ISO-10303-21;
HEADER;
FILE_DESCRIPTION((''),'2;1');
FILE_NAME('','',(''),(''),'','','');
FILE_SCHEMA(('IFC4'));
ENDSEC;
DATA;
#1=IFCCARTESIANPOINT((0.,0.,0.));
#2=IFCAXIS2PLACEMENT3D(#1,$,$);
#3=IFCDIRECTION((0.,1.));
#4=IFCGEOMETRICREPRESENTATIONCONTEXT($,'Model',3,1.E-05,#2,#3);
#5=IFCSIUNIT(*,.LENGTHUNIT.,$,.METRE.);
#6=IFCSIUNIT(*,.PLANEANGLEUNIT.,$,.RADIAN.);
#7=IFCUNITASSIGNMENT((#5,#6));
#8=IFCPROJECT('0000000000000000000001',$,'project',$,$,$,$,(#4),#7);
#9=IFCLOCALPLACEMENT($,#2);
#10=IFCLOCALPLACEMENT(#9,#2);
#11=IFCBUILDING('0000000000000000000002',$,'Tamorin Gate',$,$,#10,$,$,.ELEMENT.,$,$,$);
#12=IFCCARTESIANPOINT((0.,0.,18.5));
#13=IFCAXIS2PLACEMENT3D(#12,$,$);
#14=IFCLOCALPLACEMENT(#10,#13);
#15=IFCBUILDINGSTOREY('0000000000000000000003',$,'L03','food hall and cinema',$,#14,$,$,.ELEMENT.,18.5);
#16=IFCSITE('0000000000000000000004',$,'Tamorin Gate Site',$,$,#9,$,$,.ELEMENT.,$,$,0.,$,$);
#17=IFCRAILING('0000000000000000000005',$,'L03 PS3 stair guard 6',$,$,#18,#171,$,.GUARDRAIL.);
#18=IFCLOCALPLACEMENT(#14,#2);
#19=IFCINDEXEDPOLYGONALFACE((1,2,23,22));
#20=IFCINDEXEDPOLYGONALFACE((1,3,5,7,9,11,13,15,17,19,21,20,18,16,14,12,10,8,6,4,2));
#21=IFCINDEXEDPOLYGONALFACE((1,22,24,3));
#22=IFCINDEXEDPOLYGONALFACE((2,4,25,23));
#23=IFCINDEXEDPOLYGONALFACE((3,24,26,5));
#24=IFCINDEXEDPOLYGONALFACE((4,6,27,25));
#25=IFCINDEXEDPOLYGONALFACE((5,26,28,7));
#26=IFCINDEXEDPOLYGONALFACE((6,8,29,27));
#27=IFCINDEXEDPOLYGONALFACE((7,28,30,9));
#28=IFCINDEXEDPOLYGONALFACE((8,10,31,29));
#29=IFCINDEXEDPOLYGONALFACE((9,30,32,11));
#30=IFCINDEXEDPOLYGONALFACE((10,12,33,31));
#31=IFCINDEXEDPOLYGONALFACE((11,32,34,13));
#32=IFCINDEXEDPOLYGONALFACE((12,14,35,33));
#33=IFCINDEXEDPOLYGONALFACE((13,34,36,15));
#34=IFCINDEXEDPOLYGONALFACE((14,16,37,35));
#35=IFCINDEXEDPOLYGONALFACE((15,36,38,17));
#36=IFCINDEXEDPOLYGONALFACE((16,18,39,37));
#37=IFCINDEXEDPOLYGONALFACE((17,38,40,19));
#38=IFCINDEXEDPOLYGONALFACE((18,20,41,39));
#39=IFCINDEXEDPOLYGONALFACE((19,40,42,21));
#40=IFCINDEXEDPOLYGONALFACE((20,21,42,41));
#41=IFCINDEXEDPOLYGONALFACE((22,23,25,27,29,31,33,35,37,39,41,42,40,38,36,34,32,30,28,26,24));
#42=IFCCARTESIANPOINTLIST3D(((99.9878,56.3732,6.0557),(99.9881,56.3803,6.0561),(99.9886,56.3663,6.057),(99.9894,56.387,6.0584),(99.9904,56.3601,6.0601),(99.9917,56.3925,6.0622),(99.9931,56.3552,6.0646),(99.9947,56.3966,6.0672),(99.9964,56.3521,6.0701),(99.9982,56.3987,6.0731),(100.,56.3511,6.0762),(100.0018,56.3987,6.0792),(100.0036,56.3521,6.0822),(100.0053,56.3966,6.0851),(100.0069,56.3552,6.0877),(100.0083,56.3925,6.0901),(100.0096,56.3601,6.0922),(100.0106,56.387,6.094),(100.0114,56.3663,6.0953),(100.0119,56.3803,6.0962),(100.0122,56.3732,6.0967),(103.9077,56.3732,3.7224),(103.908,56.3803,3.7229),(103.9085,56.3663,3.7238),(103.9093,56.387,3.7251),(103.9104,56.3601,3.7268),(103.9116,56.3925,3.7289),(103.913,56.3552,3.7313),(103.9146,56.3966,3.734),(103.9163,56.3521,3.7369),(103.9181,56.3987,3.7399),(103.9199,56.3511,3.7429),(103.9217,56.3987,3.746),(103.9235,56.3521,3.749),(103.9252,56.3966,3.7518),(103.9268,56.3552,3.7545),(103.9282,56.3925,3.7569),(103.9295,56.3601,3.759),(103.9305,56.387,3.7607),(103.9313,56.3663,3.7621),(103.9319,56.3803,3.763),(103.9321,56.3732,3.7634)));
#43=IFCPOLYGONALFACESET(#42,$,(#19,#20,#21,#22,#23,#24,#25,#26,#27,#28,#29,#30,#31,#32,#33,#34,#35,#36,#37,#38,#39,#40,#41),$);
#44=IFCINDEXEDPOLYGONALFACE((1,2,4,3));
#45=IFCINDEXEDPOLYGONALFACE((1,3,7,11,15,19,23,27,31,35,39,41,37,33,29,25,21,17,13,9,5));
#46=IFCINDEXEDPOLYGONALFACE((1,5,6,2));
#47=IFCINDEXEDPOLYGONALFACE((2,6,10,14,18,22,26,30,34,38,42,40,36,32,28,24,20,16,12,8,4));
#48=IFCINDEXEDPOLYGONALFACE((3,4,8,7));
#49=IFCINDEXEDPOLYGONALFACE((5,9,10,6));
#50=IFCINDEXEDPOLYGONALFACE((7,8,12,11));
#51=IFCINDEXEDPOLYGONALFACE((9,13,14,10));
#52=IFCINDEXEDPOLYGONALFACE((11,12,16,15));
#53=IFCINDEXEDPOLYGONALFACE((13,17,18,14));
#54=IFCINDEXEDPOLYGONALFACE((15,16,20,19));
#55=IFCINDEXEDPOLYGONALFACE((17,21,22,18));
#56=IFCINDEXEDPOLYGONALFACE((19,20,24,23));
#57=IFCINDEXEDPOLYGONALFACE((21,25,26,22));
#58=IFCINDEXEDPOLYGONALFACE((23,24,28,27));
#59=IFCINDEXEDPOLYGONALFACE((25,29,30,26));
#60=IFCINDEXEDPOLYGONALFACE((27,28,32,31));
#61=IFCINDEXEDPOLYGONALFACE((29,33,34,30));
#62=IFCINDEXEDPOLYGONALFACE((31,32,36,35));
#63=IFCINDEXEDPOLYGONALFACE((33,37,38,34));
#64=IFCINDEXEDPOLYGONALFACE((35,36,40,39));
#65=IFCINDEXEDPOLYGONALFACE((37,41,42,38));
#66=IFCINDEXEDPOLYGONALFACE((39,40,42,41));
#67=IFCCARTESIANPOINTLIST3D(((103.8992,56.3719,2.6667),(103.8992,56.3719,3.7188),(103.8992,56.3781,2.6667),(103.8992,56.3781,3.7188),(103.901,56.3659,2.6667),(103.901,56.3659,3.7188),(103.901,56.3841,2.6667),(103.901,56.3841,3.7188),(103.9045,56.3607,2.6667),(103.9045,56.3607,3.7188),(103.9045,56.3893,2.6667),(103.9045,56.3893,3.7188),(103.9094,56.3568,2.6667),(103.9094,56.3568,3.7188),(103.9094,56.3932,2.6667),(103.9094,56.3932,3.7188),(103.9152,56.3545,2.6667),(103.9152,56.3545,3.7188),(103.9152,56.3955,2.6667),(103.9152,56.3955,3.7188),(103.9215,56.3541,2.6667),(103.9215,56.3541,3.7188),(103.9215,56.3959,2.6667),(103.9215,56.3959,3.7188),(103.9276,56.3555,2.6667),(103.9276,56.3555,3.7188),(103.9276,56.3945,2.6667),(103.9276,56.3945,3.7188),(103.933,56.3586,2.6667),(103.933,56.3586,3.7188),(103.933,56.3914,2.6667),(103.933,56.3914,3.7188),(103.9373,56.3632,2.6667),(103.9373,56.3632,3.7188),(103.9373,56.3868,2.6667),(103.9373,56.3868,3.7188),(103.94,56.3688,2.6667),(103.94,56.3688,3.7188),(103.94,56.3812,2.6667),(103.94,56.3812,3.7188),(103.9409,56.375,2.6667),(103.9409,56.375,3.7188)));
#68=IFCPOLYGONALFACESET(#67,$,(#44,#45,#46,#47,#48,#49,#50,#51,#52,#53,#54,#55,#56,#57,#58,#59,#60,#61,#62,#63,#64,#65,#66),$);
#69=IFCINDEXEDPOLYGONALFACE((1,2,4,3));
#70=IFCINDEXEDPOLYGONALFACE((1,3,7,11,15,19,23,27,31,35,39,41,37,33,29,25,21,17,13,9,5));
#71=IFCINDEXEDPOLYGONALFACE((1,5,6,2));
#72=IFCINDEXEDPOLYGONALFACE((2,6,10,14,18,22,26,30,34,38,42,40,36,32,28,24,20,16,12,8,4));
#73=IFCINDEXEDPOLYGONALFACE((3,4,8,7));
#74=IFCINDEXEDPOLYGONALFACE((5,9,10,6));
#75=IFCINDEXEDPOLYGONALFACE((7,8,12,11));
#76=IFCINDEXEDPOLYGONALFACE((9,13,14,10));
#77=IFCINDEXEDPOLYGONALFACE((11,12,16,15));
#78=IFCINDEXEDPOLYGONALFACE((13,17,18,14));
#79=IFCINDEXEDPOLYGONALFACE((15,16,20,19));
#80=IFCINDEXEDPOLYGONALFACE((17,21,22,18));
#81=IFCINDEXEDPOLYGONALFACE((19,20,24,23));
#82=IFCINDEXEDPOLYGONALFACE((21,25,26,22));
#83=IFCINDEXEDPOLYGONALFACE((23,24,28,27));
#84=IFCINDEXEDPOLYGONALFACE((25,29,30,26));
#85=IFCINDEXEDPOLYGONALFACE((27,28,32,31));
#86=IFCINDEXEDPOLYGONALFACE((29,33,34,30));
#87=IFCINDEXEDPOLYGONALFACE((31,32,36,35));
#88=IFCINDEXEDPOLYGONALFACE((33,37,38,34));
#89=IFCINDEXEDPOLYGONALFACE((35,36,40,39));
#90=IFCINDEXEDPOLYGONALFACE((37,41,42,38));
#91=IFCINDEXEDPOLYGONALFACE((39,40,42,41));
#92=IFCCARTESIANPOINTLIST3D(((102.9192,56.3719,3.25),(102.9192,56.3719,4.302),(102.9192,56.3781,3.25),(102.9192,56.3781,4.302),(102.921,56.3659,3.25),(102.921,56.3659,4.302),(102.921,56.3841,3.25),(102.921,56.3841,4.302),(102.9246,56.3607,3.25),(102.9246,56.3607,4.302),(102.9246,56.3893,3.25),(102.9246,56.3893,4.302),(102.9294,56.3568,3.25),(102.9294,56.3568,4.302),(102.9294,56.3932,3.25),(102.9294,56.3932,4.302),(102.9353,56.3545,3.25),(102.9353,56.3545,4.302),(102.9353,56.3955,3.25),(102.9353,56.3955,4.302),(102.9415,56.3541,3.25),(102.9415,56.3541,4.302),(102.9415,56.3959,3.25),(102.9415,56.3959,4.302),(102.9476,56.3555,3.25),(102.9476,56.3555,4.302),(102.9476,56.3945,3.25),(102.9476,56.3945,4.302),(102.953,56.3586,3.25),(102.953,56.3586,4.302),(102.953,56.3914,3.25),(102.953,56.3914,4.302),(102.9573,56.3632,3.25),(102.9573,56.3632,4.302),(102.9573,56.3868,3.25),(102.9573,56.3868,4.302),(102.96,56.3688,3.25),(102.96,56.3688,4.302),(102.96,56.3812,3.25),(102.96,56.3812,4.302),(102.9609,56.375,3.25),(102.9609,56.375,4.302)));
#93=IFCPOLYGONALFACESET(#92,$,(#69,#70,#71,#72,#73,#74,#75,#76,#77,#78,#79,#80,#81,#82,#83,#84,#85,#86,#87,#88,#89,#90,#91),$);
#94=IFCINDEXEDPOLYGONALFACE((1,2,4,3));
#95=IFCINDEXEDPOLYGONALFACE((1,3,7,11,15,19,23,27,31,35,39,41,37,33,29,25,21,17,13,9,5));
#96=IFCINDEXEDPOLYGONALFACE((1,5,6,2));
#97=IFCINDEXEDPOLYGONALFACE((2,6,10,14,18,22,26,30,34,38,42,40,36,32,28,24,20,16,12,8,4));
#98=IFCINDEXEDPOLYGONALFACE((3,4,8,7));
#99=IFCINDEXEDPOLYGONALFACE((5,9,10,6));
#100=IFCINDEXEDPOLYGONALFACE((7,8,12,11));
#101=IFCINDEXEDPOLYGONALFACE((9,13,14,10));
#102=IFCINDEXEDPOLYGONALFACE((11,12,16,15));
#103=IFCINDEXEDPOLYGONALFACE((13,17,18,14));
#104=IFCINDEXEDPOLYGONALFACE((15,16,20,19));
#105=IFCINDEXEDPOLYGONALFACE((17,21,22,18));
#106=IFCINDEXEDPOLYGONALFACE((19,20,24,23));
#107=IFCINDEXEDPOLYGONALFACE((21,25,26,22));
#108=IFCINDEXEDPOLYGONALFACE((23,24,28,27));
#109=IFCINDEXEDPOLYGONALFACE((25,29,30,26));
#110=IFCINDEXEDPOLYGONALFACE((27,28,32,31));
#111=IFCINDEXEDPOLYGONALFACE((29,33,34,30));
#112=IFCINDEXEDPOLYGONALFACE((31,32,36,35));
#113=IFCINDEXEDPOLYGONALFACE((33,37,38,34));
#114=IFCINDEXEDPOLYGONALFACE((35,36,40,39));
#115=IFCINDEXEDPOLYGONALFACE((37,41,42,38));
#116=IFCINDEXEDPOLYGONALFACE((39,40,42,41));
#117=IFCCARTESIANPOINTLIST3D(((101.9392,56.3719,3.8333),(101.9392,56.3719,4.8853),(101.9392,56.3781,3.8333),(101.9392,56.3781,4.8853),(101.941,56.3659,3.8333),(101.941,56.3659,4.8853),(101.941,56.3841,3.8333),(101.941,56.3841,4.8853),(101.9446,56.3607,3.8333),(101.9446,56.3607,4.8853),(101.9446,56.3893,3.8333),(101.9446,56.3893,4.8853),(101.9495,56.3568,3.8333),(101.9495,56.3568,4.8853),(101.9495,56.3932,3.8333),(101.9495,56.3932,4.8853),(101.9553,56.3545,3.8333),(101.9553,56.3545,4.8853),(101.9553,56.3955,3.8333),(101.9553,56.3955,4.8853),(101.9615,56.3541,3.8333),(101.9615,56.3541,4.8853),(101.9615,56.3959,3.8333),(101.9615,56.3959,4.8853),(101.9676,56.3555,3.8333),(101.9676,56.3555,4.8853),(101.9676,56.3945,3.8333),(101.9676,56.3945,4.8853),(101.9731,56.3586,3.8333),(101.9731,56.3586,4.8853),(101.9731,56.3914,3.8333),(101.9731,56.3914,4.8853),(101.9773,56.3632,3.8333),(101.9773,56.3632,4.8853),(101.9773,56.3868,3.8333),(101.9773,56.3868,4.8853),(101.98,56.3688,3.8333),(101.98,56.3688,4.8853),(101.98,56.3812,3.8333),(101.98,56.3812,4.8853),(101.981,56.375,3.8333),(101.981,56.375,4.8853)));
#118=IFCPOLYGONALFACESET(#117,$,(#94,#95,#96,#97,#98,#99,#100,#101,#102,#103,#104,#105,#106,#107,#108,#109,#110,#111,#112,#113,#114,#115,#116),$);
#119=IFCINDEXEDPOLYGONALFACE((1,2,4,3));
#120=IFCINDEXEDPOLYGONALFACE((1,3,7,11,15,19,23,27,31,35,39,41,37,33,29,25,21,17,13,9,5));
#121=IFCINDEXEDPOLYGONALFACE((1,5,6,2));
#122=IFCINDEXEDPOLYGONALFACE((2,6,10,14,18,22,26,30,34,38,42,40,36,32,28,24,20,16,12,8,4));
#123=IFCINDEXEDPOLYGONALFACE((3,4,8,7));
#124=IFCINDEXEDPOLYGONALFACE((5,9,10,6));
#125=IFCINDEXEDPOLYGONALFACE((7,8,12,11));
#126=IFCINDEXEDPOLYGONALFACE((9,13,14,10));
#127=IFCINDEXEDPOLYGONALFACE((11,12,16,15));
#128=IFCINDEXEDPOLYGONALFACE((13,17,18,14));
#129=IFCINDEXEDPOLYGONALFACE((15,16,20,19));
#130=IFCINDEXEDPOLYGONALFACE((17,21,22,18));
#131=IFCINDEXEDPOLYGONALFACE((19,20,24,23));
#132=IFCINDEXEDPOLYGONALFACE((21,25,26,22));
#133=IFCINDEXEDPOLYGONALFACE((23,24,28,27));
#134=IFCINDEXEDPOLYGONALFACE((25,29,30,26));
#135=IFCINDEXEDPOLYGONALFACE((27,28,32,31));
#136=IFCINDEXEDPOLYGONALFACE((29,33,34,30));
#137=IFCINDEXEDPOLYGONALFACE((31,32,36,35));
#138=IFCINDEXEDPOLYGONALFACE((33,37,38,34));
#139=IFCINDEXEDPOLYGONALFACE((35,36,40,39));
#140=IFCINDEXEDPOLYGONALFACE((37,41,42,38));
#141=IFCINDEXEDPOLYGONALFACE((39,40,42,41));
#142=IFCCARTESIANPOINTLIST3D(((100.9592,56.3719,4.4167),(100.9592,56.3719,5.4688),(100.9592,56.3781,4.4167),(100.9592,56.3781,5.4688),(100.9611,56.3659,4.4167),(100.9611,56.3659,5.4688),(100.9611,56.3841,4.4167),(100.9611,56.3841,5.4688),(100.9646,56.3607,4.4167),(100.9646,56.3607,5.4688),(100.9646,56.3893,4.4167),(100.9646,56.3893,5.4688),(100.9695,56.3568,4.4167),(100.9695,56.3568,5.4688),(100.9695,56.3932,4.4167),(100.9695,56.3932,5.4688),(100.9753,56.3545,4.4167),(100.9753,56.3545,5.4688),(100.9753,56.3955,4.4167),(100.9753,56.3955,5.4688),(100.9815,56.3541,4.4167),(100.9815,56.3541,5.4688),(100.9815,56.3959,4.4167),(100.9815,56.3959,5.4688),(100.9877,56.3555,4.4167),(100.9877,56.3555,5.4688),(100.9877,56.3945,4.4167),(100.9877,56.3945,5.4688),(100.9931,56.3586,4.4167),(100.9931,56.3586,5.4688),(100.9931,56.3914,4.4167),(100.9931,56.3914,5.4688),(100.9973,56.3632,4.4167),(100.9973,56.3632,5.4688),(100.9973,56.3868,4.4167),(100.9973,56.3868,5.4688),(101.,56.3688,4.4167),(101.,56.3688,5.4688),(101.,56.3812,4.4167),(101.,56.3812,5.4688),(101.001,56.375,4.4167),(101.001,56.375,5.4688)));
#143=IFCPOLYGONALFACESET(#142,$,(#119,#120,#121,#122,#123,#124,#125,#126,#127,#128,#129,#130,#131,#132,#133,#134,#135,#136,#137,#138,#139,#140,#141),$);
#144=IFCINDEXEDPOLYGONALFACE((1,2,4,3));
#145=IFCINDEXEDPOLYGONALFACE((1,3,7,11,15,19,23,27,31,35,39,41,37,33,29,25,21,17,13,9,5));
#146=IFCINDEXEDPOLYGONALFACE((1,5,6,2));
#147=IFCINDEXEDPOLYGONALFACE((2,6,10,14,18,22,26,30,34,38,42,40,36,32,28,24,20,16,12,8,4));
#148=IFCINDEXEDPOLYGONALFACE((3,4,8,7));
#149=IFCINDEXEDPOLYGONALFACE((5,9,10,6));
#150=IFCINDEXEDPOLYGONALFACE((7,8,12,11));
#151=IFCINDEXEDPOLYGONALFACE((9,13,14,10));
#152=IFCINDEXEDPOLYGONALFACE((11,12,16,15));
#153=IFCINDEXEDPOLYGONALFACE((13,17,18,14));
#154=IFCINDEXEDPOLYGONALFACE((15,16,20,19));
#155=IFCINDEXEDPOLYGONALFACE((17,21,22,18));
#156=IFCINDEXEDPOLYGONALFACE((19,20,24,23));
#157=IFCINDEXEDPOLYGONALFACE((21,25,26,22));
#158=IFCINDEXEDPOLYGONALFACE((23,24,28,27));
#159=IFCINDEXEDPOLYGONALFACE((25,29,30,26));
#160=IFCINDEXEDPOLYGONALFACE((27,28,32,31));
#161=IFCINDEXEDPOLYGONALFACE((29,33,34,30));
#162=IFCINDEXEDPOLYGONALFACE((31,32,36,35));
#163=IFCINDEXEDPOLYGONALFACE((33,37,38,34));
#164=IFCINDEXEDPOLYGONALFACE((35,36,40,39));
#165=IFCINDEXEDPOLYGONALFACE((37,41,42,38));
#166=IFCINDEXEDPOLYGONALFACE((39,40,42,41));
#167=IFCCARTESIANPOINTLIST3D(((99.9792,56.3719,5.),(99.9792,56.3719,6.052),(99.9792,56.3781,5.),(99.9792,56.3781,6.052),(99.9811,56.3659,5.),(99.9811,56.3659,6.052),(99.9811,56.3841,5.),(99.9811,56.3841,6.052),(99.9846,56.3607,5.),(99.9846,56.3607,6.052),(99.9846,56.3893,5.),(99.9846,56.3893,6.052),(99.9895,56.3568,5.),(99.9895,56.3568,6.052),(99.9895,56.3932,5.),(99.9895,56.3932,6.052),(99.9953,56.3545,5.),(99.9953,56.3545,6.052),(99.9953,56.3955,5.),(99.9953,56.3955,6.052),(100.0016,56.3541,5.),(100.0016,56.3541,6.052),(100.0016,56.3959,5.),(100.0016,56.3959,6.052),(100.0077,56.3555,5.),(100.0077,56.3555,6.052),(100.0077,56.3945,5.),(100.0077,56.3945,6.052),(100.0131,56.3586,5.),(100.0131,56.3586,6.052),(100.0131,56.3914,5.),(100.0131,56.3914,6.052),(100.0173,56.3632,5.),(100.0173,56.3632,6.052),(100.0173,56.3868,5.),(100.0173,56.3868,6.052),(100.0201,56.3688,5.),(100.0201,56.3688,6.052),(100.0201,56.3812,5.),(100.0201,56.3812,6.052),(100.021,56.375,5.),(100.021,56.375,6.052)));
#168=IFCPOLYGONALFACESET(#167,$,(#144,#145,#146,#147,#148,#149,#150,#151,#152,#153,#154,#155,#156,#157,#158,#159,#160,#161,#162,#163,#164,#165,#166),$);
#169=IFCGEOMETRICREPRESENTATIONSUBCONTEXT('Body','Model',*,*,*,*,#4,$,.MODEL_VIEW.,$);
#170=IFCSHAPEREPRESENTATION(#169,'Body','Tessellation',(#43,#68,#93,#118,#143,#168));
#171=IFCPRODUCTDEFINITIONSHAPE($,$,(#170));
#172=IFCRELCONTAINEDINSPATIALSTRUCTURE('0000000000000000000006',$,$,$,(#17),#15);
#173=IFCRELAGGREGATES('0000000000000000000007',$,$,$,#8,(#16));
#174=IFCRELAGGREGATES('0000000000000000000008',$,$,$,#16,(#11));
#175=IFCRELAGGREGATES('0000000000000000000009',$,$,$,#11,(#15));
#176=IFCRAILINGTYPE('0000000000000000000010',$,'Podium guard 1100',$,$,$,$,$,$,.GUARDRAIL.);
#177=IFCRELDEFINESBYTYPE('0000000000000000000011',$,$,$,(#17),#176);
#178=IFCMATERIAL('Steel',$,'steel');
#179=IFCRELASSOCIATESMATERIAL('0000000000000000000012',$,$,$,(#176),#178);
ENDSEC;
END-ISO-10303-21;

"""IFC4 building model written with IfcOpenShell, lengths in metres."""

from ifc_helpers import new_model, si_unit, direction, frame, origin, origin_2d, place, context, subcontext, project, spatial, circle, extrude, material, type_object, element, save


model = new_model("IFC4")

# Units and contexts
model_context = context("Model", 3, precision=1e-05, world=origin(), true_north=direction((0.0, 1.0)))
body_context = subcontext(model_context, "Body", "Model", "MODEL_VIEW")
ifc_project = project(units=[si_unit("LENGTHUNIT", "METRE"), si_unit("PLANEANGLEUNIT", "RADIAN")], contexts=[model_context])

# Site, building, storey
site_placement = place(None, origin())
site = spatial("IfcSite", under=ifc_project, at=site_placement, Name="Tamorin Gate Site", CompositionType="ELEMENT", RefElevation=0.0)
building_placement = place(site_placement, origin())
building = spatial("IfcBuilding", under=site, at=building_placement, Name="Tamorin Gate", CompositionType="ELEMENT")
storey_placement = place(building_placement, frame((0.0, 0.0, 18.5)))
storey = spatial("IfcBuildingStorey", under=building, at=storey_placement, Name="L03", Description="food hall and cinema", CompositionType="ELEMENT", Elevation=18.5)

# Railing
ifc_material_1 = material(Name="Steel", Category="steel")
railing_type_1 = type_object("IfcRailingType", Name="Podium guard 1100", PredefinedType="GUARDRAIL", material=ifc_material_1)
railing_1_placement = place(storey_placement, frame((103.9199, 56.375, 2.6667)))
element("IfcRailing", 1, at=railing_1_placement, inside=storey, type_object=railing_type_1, Name="L03 PS3 stair guard 6", PredefinedType="GUARDRAIL", context=body_context, shape_type="SweptSolid", body=[
    extrude(circle(Radius=0.0239, at=origin_2d()), frame((0.0, 0.0, 1.0762), z_axis=(-0.859296, 0.0, 0.511478), x_axis=(0.0, -1.0, 0.0)), (0.0, 0.0, 1.0), 4.5618),
    extrude(circle(Radius=0.021, at=origin_2d()), origin(), (0.0, 0.0, 1.0), 1.052),
    extrude(circle(Radius=0.021, at=origin_2d()), frame((-0.98, 0.0, 0.5833)), (0.0, 0.0, 1.0), 1.052),
    extrude(circle(Radius=0.021, at=origin_2d()), frame((-1.96, 0.0, 1.1665)), (0.0, 0.0, 1.0), 1.052),
    extrude(circle(Radius=0.021, at=origin_2d()), frame((-2.9399, 0.0, 1.75)), (0.0, 0.0, 1.0), 1.052),
    extrude(circle(Radius=0.021, at=origin_2d()), frame((-3.9199, 0.0, 2.3333)), (0.0, 0.0, 1.0), 1.052),
])

save(model, "model.ifc")
